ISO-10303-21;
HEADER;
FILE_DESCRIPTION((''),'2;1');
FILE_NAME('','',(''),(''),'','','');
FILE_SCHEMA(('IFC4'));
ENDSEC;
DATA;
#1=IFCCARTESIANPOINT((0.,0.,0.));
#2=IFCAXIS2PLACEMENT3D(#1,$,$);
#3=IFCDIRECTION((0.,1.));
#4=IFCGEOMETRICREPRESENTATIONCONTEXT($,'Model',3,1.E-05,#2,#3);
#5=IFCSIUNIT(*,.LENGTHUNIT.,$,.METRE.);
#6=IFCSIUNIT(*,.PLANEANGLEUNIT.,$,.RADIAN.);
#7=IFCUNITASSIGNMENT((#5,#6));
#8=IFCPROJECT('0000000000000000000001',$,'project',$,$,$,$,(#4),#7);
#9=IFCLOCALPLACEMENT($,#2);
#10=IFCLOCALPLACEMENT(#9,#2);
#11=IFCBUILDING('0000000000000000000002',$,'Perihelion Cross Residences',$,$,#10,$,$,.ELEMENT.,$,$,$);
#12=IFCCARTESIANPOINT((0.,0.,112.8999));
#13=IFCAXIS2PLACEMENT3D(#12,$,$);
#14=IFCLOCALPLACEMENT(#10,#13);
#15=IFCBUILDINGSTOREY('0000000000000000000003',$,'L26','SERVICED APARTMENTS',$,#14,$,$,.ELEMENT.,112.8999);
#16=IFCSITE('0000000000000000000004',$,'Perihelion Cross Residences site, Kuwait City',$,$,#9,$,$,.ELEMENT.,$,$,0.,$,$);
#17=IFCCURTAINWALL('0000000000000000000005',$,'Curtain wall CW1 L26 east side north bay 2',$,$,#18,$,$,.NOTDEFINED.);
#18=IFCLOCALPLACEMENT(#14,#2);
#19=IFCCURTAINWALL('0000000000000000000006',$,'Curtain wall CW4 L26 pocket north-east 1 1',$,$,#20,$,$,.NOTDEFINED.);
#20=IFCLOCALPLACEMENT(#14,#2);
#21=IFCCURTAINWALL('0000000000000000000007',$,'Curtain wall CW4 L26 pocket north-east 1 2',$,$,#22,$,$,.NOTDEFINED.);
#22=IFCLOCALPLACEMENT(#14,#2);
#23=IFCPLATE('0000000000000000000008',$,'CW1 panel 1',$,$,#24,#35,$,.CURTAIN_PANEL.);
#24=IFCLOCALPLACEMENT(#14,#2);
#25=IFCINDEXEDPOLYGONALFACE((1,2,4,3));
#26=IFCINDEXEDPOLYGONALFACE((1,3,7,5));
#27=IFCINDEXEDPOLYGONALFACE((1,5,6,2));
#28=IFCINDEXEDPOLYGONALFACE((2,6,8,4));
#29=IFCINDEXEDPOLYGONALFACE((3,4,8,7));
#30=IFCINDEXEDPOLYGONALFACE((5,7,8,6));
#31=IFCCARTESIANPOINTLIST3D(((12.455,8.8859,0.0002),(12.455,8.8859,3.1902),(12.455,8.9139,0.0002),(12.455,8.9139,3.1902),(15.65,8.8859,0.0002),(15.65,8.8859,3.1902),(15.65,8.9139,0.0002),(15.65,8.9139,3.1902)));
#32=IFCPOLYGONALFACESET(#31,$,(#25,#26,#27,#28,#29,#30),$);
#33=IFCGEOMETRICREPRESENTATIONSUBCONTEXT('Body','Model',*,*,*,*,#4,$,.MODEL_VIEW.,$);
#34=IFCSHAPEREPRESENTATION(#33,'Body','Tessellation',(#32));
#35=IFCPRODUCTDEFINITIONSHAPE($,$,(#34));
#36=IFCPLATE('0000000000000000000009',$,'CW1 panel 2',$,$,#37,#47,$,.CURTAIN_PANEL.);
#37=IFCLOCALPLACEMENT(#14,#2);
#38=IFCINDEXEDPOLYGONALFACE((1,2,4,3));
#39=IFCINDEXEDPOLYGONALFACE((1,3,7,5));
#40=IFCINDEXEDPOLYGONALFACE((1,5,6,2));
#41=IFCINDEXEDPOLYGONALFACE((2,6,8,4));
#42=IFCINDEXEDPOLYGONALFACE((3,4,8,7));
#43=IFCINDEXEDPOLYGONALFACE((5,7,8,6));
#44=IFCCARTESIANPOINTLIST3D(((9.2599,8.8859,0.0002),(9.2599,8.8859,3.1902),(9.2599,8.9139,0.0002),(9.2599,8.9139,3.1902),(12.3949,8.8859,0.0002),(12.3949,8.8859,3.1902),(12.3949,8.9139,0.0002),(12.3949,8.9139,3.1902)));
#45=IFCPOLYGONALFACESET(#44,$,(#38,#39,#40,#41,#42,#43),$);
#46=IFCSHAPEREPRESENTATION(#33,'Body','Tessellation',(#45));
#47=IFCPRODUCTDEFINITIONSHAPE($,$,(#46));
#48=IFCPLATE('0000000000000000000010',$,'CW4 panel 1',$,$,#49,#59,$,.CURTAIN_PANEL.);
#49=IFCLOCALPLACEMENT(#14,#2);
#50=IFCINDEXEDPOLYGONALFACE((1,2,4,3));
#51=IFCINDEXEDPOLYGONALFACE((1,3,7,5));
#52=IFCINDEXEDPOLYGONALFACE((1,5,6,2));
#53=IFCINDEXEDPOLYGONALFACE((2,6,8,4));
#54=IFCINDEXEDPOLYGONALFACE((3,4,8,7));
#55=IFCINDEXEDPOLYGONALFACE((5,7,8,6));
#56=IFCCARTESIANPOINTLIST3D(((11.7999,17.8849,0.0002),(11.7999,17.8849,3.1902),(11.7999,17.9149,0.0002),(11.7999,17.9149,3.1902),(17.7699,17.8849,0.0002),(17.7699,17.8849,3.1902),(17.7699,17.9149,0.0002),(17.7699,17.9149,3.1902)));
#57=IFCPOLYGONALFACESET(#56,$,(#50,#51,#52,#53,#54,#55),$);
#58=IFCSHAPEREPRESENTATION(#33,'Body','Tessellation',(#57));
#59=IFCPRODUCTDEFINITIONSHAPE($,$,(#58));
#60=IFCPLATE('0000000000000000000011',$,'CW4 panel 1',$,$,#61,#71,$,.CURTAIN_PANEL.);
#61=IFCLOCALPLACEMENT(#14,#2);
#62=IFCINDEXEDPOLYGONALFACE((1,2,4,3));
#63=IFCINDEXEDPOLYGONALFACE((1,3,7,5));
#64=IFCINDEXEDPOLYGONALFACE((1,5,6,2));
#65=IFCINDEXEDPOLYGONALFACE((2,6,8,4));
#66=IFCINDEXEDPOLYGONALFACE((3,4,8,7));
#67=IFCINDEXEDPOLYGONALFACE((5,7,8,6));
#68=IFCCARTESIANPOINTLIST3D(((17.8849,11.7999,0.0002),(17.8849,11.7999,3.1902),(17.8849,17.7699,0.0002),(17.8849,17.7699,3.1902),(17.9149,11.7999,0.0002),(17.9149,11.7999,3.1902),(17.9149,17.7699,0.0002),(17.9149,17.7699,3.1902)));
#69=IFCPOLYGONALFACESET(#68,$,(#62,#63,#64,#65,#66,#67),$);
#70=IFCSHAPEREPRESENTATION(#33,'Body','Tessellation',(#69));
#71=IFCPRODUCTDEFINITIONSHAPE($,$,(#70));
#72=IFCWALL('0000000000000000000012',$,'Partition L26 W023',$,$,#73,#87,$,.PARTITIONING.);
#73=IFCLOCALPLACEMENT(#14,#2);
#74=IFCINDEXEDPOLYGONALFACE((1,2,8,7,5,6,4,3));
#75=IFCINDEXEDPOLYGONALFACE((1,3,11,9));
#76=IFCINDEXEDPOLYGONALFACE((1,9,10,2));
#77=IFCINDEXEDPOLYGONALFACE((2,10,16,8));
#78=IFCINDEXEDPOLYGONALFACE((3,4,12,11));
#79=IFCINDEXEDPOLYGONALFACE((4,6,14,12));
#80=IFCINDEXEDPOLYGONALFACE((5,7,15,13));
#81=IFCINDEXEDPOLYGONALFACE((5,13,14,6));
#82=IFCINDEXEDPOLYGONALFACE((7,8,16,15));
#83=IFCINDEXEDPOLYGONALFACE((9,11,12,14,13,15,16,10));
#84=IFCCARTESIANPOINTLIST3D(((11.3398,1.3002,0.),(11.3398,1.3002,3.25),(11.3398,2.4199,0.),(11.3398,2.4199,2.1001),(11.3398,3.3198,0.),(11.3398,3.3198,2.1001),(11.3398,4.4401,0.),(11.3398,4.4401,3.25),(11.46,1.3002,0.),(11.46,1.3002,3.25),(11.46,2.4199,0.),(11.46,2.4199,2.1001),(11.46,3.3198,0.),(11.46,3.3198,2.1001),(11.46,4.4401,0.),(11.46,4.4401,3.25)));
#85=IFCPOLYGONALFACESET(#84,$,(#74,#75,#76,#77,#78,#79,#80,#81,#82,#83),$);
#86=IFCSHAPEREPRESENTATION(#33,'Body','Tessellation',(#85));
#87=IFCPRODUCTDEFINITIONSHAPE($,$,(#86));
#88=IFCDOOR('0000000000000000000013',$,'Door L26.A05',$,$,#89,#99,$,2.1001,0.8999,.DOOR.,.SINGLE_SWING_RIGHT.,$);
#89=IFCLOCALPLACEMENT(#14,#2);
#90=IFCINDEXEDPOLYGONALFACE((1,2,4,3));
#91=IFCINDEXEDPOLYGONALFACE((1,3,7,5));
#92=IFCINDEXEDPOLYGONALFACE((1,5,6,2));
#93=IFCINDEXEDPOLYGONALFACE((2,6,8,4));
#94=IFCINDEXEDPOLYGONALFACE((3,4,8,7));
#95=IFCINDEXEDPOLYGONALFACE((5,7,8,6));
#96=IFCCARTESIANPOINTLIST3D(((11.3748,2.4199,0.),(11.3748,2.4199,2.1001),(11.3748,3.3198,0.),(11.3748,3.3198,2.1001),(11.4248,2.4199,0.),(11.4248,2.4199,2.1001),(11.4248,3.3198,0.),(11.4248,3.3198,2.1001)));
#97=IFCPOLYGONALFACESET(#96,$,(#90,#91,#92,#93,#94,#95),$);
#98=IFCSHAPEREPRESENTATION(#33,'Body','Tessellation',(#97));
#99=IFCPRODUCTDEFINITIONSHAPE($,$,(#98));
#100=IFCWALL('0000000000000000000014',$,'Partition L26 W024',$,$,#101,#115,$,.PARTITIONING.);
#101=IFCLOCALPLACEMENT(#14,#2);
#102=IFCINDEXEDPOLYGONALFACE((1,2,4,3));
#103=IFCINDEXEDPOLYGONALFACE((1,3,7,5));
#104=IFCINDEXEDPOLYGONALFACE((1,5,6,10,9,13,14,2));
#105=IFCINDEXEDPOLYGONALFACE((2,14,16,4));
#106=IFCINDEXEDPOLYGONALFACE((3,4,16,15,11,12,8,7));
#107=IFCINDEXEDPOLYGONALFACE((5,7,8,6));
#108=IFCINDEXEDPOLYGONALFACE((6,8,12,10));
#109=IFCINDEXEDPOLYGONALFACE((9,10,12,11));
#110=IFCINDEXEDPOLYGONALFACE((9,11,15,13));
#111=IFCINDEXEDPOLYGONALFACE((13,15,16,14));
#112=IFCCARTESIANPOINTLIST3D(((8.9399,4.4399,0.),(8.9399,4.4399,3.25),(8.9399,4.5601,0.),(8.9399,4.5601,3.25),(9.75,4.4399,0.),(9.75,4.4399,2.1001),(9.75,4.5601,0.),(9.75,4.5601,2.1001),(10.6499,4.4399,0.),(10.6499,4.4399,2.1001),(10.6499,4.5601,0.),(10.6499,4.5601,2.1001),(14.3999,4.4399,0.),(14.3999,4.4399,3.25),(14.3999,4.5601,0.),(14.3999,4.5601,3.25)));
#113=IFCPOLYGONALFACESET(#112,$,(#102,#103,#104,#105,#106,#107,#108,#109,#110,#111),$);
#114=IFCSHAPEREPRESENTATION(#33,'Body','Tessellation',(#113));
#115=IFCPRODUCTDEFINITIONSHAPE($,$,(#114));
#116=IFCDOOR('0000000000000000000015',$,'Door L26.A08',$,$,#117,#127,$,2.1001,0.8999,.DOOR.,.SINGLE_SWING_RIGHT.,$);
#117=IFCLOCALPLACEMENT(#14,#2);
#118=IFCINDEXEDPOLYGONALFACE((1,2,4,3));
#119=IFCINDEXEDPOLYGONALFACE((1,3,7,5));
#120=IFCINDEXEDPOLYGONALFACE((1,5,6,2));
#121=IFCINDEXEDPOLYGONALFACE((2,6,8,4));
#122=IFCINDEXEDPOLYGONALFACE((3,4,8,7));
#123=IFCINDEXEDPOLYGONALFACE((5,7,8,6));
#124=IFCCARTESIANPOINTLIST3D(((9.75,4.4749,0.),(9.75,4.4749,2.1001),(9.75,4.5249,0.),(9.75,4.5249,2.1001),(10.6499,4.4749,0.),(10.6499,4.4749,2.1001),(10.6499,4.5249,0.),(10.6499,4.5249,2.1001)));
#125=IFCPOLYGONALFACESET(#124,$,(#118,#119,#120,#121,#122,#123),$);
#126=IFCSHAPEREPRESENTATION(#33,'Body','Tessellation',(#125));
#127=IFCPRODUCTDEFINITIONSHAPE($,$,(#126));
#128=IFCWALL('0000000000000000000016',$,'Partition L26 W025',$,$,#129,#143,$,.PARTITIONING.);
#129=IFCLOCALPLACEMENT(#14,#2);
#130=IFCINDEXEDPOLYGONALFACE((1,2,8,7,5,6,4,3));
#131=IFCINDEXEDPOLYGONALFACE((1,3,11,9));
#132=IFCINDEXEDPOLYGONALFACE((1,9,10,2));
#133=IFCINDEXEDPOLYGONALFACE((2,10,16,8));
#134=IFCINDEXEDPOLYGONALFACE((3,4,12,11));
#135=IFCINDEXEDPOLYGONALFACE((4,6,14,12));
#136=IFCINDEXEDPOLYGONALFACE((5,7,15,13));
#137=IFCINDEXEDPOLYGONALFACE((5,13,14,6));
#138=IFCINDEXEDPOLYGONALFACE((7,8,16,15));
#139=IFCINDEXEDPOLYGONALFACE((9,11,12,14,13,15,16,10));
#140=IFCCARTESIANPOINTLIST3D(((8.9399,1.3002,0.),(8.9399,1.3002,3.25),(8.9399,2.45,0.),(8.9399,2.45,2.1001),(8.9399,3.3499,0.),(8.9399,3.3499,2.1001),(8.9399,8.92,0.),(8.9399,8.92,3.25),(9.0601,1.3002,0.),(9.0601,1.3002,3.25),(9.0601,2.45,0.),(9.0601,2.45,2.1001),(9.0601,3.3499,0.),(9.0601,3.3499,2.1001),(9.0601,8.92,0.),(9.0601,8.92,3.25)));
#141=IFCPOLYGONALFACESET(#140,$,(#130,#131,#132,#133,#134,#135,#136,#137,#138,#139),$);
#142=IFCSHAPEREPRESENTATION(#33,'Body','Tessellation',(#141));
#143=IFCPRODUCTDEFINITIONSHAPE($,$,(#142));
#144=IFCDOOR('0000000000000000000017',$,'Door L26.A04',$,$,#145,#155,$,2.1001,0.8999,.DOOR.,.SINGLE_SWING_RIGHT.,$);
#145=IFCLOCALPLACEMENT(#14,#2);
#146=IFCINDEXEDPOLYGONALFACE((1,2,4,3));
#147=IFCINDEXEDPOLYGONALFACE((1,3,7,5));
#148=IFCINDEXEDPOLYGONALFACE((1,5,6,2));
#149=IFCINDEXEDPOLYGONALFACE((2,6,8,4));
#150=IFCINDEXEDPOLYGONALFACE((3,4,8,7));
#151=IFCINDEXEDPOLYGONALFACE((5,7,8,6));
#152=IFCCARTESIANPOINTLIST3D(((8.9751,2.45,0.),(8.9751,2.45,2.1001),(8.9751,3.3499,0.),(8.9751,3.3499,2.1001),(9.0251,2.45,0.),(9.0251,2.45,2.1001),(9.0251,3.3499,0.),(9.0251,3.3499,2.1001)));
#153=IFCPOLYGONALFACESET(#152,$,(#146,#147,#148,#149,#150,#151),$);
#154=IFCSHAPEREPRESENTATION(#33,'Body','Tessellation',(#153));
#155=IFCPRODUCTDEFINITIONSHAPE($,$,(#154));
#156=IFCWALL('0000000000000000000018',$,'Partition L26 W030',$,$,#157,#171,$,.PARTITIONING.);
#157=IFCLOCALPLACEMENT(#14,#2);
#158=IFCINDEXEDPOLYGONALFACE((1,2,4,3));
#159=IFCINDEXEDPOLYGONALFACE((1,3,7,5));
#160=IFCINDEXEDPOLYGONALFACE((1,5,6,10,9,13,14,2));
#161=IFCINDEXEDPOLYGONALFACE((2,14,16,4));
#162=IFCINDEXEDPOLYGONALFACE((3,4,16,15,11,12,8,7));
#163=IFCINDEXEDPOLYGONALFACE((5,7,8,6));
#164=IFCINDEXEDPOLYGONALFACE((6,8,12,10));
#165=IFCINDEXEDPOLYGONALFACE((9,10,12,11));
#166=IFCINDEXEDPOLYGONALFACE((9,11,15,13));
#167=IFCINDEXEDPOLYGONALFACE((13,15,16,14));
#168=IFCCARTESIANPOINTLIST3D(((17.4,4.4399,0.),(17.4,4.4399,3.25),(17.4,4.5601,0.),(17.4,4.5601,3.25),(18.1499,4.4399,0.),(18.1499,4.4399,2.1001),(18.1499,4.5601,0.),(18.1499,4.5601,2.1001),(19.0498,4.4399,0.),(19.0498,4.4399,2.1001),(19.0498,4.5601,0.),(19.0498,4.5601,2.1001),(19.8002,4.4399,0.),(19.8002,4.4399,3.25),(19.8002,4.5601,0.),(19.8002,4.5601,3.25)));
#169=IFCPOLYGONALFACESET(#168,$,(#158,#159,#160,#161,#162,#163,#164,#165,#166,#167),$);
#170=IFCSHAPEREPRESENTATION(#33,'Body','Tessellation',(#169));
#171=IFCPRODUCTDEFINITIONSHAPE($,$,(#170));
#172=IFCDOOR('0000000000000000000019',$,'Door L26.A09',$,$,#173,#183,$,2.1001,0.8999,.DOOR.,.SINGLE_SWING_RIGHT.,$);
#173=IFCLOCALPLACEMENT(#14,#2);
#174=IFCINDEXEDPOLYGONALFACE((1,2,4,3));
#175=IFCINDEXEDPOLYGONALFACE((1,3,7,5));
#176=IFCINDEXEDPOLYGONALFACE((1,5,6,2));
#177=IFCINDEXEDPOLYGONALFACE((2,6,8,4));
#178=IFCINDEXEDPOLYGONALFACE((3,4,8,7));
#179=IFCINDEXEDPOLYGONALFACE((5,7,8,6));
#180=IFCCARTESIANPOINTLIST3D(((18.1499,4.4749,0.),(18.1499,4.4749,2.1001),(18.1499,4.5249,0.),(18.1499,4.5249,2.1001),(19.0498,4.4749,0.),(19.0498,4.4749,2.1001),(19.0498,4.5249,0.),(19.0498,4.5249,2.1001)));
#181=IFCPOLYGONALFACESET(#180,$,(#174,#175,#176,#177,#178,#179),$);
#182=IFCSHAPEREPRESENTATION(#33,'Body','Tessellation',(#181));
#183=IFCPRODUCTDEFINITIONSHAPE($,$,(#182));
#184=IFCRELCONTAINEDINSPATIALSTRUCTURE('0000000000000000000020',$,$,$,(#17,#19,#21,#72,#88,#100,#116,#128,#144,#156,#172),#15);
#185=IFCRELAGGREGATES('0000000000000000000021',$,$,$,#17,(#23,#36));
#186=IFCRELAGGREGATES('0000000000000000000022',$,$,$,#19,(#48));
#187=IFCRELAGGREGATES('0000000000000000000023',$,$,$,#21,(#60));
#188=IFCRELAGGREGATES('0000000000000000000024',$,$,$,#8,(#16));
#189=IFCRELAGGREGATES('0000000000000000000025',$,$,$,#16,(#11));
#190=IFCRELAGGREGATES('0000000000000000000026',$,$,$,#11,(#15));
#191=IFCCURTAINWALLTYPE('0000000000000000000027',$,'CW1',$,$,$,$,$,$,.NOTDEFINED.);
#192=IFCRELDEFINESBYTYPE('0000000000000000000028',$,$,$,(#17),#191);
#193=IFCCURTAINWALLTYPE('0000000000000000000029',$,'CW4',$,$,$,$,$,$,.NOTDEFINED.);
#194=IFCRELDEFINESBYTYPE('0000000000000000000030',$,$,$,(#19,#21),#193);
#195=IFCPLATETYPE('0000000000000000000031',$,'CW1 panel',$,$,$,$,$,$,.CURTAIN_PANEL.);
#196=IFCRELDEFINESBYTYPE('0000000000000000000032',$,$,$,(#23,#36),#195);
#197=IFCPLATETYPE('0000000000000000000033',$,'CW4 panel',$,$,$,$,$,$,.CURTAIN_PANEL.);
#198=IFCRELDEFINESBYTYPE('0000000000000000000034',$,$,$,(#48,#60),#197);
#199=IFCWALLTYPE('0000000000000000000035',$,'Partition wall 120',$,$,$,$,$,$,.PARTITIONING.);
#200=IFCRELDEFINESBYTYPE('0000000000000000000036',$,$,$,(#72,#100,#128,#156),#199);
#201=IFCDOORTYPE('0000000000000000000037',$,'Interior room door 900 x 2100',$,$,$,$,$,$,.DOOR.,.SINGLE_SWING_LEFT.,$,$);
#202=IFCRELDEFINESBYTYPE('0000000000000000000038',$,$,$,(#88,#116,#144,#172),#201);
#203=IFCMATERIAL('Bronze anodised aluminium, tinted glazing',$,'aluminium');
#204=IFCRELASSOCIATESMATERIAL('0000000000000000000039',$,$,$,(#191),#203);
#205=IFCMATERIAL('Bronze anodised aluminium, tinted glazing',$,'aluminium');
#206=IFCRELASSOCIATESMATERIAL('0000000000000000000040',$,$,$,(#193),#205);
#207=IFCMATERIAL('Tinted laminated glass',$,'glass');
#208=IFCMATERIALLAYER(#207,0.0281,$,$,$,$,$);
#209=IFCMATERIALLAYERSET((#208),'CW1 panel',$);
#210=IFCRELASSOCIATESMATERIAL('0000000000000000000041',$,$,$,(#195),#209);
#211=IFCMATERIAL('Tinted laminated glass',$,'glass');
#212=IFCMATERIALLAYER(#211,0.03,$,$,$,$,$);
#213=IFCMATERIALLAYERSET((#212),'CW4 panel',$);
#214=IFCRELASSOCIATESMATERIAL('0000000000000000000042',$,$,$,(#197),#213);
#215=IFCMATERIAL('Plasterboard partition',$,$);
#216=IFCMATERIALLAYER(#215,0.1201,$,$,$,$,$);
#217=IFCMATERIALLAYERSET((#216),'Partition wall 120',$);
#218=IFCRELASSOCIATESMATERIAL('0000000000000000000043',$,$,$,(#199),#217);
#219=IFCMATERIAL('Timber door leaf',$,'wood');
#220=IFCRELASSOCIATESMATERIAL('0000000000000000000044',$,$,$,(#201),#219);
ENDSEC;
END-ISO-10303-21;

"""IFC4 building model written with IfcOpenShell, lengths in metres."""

from ifc_helpers import new_model, si_unit, direction, frame, frame_2d, origin, origin_2d, place, context, subcontext, project, spatial, rectangle, extrude, material, layer, layer_set, type_object, element, fill, aggregate, save


model = new_model("IFC4")

# Units and contexts
model_context = context("Model", 3, precision=1e-05, world=origin(), true_north=direction((0.0, 1.0)))
body_context = subcontext(model_context, "Body", "Model", "MODEL_VIEW")
ifc_project = project(units=[si_unit("LENGTHUNIT", "METRE"), si_unit("PLANEANGLEUNIT", "RADIAN")], contexts=[model_context])

# Site, building, storey
site_placement = place(None, origin())
site = spatial("IfcSite", under=ifc_project, at=site_placement, Name="Perihelion Cross Residences site, Kuwait City", CompositionType="ELEMENT", RefElevation=0.0)
building_placement = place(site_placement, origin())
building = spatial("IfcBuilding", under=site, at=building_placement, Name="Perihelion Cross Residences", CompositionType="ELEMENT")
storey_placement = place(building_placement, frame((0.0, 0.0, 112.8999)))
storey = spatial("IfcBuildingStorey", under=building, at=storey_placement, Name="L26", Description="SERVICED APARTMENTS", CompositionType="ELEMENT", Elevation=112.8999)

# Curtain walls
ifc_material_1 = material(Name="Bronze anodised aluminium, tinted glazing", Category="aluminium")
curtain_wall_type_1 = type_object("IfcCurtainWallType", Name="CW1", PredefinedType="NOTDEFINED", material=ifc_material_1)
curtain_wall_1_placement = place(storey_placement, origin())
curtain_wall_1 = element("IfcCurtainWall", 1, at=curtain_wall_1_placement, inside=storey, type_object=curtain_wall_type_1, Name="Curtain wall CW1 L26 east side north bay 2", PredefinedType="NOTDEFINED")
ifc_material_2 = material(Name="Bronze anodised aluminium, tinted glazing", Category="aluminium")
curtain_wall_type_2 = type_object("IfcCurtainWallType", Name="CW4", PredefinedType="NOTDEFINED", material=ifc_material_2)
curtain_wall_2_placement = place(storey_placement, origin())
curtain_wall_2 = element("IfcCurtainWall", 2, at=curtain_wall_2_placement, inside=storey, type_object=curtain_wall_type_2, Name="Curtain wall CW4 L26 pocket north-east 1 1", PredefinedType="NOTDEFINED")
curtain_wall_3_placement = place(storey_placement, origin())
curtain_wall_3 = element("IfcCurtainWall", 3, at=curtain_wall_3_placement, inside=storey, type_object=curtain_wall_type_2, Name="Curtain wall CW4 L26 pocket north-east 1 2", PredefinedType="NOTDEFINED")

# Plates
ifc_material_3 = material(Name="Tinted laminated glass", Category="glass")
ifc_layer_1 = layer(ifc_material_3, 0.0281)
ifc_layer_set_1 = layer_set([ifc_layer_1], Name="CW1 panel")
plate_type_1 = type_object("IfcPlateType", Name="CW1 panel", PredefinedType="CURTAIN_PANEL", material=ifc_layer_set_1)
plate_1_placement = place(storey_placement, frame((14.0525, 8.8999, 0.0002), z_axis=(0.0, 0.0, 1.0), x_axis=(-1.0, 0.0, 0.0)))
plate_1 = element("IfcPlate", 4, at=plate_1_placement, type_object=plate_type_1, Name="CW1 panel 1", PredefinedType="CURTAIN_PANEL", context=body_context, shape_type="SweptSolid", body=[
    extrude(rectangle(XDim=3.1951, YDim=0.0281, at=origin_2d()), origin(), (0.0, 0.0, 1.0), 3.1899),
])
plate_2_placement = place(storey_placement, frame((10.8274, 8.8999, 0.0002), z_axis=(0.0, 0.0, 1.0), x_axis=(-1.0, 0.0, 0.0)))
plate_2 = element("IfcPlate", 5, at=plate_2_placement, type_object=plate_type_1, Name="CW1 panel 2", PredefinedType="CURTAIN_PANEL", context=body_context, shape_type="SweptSolid", body=[
    extrude(rectangle(XDim=3.135, YDim=0.0281, at=origin_2d()), origin(), (0.0, 0.0, 1.0), 3.1899),
])
aggregate(curtain_wall_1, [plate_1, plate_2])
ifc_material_4 = material(Name="Tinted laminated glass", Category="glass")
ifc_layer_2 = layer(ifc_material_4, 0.03)
ifc_layer_set_2 = layer_set([ifc_layer_2], Name="CW4 panel")
plate_type_2 = type_object("IfcPlateType", Name="CW4 panel", PredefinedType="CURTAIN_PANEL", material=ifc_layer_set_2)
plate_3_placement = place(storey_placement, frame((14.7849, 17.8999, 0.0002), z_axis=(0.0, 0.0, 1.0), x_axis=(1.0, 0.0, 0.0)))
plate_3 = element("IfcPlate", 6, at=plate_3_placement, type_object=plate_type_2, Name="CW4 panel 1", PredefinedType="CURTAIN_PANEL", context=body_context, shape_type="SweptSolid", body=[
    extrude(rectangle(XDim=5.97, YDim=0.03, at=origin_2d()), origin(), (0.0, 0.0, 1.0), 3.1899),
])
aggregate(curtain_wall_2, [plate_3])
plate_4_placement = place(storey_placement, frame((17.8999, 14.7849, 0.0002), z_axis=(0.0, 0.0, 1.0), x_axis=(0.0, -1.0, 0.0)))
plate_4 = element("IfcPlate", 7, at=plate_4_placement, type_object=plate_type_2, Name="CW4 panel 1", PredefinedType="CURTAIN_PANEL", context=body_context, shape_type="SweptSolid", body=[
    extrude(rectangle(XDim=5.97, YDim=0.03, at=origin_2d()), origin(), (0.0, 0.0, 1.0), 3.1899),
])
aggregate(curtain_wall_3, [plate_4])

# Walls, openings, doors
ifc_material_5 = material(Name="Plasterboard partition")
ifc_layer_3 = layer(ifc_material_5, 0.1201)
ifc_layer_set_3 = layer_set([ifc_layer_3], Name="Partition wall 120")
wall_type_1 = type_object("IfcWallType", Name="Partition wall 120", PredefinedType="PARTITIONING", material=ifc_layer_set_3)
wall_1_placement = place(storey_placement, frame((11.3999, 4.4399, 0.0), z_axis=(0.0, 0.0, 1.0), x_axis=(0.0, -1.0, 0.0)))
wall_1 = element("IfcWall", 8, at=wall_1_placement, inside=storey, type_object=wall_type_1, Name="Partition L26 W023", PredefinedType="PARTITIONING", context=body_context, shape_type="SweptSolid", body=[
    extrude(rectangle(XDim=3.1399, YDim=0.1201, at=frame_2d((1.5698, 0.0))), origin(), (0.0, 0.0, 1.0), 3.25),
])
opening_1_placement = place(wall_1_placement, frame((1.1201, 0.0, 0.0)))
opening_1 = element("IfcOpeningElement", 9, at=opening_1_placement, cuts=wall_1, PredefinedType="OPENING", context=body_context, shape_type="SweptSolid", body=[
    extrude(rectangle(XDim=0.8999, YDim=2.1001, at=frame_2d((0.45, 1.05))), frame((0.0, 0.0701, 0.0), z_axis=(0.0, -1.0, 0.0), x_axis=(1.0, 0.0, 0.0)), (0.0, 0.0, 1.0), 0.1401),
])
ifc_material_6 = material(Name="Timber door leaf", Category="wood")
door_type_1 = type_object("IfcDoorType", Name="Interior room door 900 x 2100", OperationType="SINGLE_SWING_LEFT", PredefinedType="DOOR", material=ifc_material_6)
door_1_placement = place(opening_1_placement, origin())
door_1 = element("IfcDoor", 10, at=door_1_placement, inside=storey, type_object=door_type_1, Name="Door L26.A05", OperationType="SINGLE_SWING_RIGHT", OverallHeight=2.1001, OverallWidth=0.8999, PredefinedType="DOOR", context=body_context, shape_type="SweptSolid", body=[
    extrude(rectangle(XDim=0.8999, YDim=2.1001, at=frame_2d((0.45, 1.05))), frame((0.0, 0.0249, 0.0), z_axis=(0.0, -1.0, 0.0), x_axis=(1.0, 0.0, 0.0)), (0.0, 0.0, 1.0), 0.05),
])
fill(opening_1, door_1)
wall_2_placement = place(storey_placement, frame((8.9399, 4.5, 0.0), z_axis=(0.0, 0.0, 1.0), x_axis=(1.0, 0.0, 0.0)))
wall_2 = element("IfcWall", 11, at=wall_2_placement, inside=storey, type_object=wall_type_1, Name="Partition L26 W024", PredefinedType="PARTITIONING", context=body_context, shape_type="SweptSolid", body=[
    extrude(rectangle(XDim=5.46, YDim=0.1201, at=frame_2d((2.73, 0.0))), origin(), (0.0, 0.0, 1.0), 3.25),
])
opening_2_placement = place(wall_2_placement, frame((0.8101, 0.0, 0.0)))
opening_2 = element("IfcOpeningElement", 12, at=opening_2_placement, cuts=wall_2, PredefinedType="OPENING", context=body_context, shape_type="SweptSolid", body=[
    extrude(rectangle(XDim=0.8999, YDim=2.1001, at=frame_2d((0.45, 1.05))), frame((0.0, 0.0701, 0.0), z_axis=(0.0, -1.0, 0.0), x_axis=(1.0, 0.0, 0.0)), (0.0, 0.0, 1.0), 0.1401),
])
door_2_placement = place(opening_2_placement, origin())
door_2 = element("IfcDoor", 13, at=door_2_placement, inside=storey, type_object=door_type_1, Name="Door L26.A08", OperationType="SINGLE_SWING_RIGHT", OverallHeight=2.1001, OverallWidth=0.8999, PredefinedType="DOOR", context=body_context, shape_type="SweptSolid", body=[
    extrude(rectangle(XDim=0.8999, YDim=2.1001, at=frame_2d((0.45, 1.05))), frame((0.0, 0.0249, 0.0), z_axis=(0.0, -1.0, 0.0), x_axis=(1.0, 0.0, 0.0)), (0.0, 0.0, 1.0), 0.05),
])
fill(opening_2, door_2)
wall_3_placement = place(storey_placement, frame((9.0, 1.3, 0.0), z_axis=(0.0, 0.0, 1.0), x_axis=(0.0, 1.0, 0.0)))
wall_3 = element("IfcWall", 14, at=wall_3_placement, inside=storey, type_object=wall_type_1, Name="Partition L26 W025", PredefinedType="PARTITIONING", context=body_context, shape_type="SweptSolid", body=[
    extrude(rectangle(XDim=7.6199, YDim=0.1201, at=frame_2d((3.8101, 0.0))), origin(), (0.0, 0.0, 1.0), 3.25),
])
opening_3_placement = place(wall_3_placement, frame((1.1499, 0.0, 0.0)))
opening_3 = element("IfcOpeningElement", 15, at=opening_3_placement, cuts=wall_3, PredefinedType="OPENING", context=body_context, shape_type="SweptSolid", body=[
    extrude(rectangle(XDim=0.8999, YDim=2.1001, at=frame_2d((0.45, 1.05))), frame((0.0, 0.0701, 0.0), z_axis=(0.0, -1.0, 0.0), x_axis=(1.0, 0.0, 0.0)), (0.0, 0.0, 1.0), 0.1401),
])
door_3_placement = place(opening_3_placement, origin())
door_3 = element("IfcDoor", 16, at=door_3_placement, inside=storey, type_object=door_type_1, Name="Door L26.A04", OperationType="SINGLE_SWING_RIGHT", OverallHeight=2.1001, OverallWidth=0.8999, PredefinedType="DOOR", context=body_context, shape_type="SweptSolid", body=[
    extrude(rectangle(XDim=0.8999, YDim=2.1001, at=frame_2d((0.45, 1.05))), frame((0.0, 0.0249, 0.0), z_axis=(0.0, -1.0, 0.0), x_axis=(1.0, 0.0, 0.0)), (0.0, 0.0, 1.0), 0.05),
])
fill(opening_3, door_3)
wall_4_placement = place(storey_placement, frame((17.3999, 4.5, 0.0), z_axis=(0.0, 0.0, 1.0), x_axis=(1.0, 0.0, 0.0)))
wall_4 = element("IfcWall", 17, at=wall_4_placement, inside=storey, type_object=wall_type_1, Name="Partition L26 W030", PredefinedType="PARTITIONING", context=body_context, shape_type="SweptSolid", body=[
    extrude(rectangle(XDim=2.4001, YDim=0.1201, at=frame_2d((1.2002, 0.0))), origin(), (0.0, 0.0, 1.0), 3.25),
])
opening_4_placement = place(wall_4_placement, frame((0.75, 0.0, 0.0)))
opening_4 = element("IfcOpeningElement", 18, at=opening_4_placement, cuts=wall_4, PredefinedType="OPENING", context=body_context, shape_type="SweptSolid", body=[
    extrude(rectangle(XDim=0.8999, YDim=2.1001, at=frame_2d((0.45, 1.05))), frame((0.0, 0.0701, 0.0), z_axis=(0.0, -1.0, 0.0), x_axis=(1.0, 0.0, 0.0)), (0.0, 0.0, 1.0), 0.1401),
])
door_4_placement = place(opening_4_placement, origin())
door_4 = element("IfcDoor", 19, at=door_4_placement, inside=storey, type_object=door_type_1, Name="Door L26.A09", OperationType="SINGLE_SWING_RIGHT", OverallHeight=2.1001, OverallWidth=0.8999, PredefinedType="DOOR", context=body_context, shape_type="SweptSolid", body=[
    extrude(rectangle(XDim=0.8999, YDim=2.1001, at=frame_2d((0.45, 1.05))), frame((0.0, 0.0249, 0.0), z_axis=(0.0, -1.0, 0.0), x_axis=(1.0, 0.0, 0.0)), (0.0, 0.0, 1.0), 0.05),
])
fill(opening_4, door_4)

save(model, "model.ifc")
